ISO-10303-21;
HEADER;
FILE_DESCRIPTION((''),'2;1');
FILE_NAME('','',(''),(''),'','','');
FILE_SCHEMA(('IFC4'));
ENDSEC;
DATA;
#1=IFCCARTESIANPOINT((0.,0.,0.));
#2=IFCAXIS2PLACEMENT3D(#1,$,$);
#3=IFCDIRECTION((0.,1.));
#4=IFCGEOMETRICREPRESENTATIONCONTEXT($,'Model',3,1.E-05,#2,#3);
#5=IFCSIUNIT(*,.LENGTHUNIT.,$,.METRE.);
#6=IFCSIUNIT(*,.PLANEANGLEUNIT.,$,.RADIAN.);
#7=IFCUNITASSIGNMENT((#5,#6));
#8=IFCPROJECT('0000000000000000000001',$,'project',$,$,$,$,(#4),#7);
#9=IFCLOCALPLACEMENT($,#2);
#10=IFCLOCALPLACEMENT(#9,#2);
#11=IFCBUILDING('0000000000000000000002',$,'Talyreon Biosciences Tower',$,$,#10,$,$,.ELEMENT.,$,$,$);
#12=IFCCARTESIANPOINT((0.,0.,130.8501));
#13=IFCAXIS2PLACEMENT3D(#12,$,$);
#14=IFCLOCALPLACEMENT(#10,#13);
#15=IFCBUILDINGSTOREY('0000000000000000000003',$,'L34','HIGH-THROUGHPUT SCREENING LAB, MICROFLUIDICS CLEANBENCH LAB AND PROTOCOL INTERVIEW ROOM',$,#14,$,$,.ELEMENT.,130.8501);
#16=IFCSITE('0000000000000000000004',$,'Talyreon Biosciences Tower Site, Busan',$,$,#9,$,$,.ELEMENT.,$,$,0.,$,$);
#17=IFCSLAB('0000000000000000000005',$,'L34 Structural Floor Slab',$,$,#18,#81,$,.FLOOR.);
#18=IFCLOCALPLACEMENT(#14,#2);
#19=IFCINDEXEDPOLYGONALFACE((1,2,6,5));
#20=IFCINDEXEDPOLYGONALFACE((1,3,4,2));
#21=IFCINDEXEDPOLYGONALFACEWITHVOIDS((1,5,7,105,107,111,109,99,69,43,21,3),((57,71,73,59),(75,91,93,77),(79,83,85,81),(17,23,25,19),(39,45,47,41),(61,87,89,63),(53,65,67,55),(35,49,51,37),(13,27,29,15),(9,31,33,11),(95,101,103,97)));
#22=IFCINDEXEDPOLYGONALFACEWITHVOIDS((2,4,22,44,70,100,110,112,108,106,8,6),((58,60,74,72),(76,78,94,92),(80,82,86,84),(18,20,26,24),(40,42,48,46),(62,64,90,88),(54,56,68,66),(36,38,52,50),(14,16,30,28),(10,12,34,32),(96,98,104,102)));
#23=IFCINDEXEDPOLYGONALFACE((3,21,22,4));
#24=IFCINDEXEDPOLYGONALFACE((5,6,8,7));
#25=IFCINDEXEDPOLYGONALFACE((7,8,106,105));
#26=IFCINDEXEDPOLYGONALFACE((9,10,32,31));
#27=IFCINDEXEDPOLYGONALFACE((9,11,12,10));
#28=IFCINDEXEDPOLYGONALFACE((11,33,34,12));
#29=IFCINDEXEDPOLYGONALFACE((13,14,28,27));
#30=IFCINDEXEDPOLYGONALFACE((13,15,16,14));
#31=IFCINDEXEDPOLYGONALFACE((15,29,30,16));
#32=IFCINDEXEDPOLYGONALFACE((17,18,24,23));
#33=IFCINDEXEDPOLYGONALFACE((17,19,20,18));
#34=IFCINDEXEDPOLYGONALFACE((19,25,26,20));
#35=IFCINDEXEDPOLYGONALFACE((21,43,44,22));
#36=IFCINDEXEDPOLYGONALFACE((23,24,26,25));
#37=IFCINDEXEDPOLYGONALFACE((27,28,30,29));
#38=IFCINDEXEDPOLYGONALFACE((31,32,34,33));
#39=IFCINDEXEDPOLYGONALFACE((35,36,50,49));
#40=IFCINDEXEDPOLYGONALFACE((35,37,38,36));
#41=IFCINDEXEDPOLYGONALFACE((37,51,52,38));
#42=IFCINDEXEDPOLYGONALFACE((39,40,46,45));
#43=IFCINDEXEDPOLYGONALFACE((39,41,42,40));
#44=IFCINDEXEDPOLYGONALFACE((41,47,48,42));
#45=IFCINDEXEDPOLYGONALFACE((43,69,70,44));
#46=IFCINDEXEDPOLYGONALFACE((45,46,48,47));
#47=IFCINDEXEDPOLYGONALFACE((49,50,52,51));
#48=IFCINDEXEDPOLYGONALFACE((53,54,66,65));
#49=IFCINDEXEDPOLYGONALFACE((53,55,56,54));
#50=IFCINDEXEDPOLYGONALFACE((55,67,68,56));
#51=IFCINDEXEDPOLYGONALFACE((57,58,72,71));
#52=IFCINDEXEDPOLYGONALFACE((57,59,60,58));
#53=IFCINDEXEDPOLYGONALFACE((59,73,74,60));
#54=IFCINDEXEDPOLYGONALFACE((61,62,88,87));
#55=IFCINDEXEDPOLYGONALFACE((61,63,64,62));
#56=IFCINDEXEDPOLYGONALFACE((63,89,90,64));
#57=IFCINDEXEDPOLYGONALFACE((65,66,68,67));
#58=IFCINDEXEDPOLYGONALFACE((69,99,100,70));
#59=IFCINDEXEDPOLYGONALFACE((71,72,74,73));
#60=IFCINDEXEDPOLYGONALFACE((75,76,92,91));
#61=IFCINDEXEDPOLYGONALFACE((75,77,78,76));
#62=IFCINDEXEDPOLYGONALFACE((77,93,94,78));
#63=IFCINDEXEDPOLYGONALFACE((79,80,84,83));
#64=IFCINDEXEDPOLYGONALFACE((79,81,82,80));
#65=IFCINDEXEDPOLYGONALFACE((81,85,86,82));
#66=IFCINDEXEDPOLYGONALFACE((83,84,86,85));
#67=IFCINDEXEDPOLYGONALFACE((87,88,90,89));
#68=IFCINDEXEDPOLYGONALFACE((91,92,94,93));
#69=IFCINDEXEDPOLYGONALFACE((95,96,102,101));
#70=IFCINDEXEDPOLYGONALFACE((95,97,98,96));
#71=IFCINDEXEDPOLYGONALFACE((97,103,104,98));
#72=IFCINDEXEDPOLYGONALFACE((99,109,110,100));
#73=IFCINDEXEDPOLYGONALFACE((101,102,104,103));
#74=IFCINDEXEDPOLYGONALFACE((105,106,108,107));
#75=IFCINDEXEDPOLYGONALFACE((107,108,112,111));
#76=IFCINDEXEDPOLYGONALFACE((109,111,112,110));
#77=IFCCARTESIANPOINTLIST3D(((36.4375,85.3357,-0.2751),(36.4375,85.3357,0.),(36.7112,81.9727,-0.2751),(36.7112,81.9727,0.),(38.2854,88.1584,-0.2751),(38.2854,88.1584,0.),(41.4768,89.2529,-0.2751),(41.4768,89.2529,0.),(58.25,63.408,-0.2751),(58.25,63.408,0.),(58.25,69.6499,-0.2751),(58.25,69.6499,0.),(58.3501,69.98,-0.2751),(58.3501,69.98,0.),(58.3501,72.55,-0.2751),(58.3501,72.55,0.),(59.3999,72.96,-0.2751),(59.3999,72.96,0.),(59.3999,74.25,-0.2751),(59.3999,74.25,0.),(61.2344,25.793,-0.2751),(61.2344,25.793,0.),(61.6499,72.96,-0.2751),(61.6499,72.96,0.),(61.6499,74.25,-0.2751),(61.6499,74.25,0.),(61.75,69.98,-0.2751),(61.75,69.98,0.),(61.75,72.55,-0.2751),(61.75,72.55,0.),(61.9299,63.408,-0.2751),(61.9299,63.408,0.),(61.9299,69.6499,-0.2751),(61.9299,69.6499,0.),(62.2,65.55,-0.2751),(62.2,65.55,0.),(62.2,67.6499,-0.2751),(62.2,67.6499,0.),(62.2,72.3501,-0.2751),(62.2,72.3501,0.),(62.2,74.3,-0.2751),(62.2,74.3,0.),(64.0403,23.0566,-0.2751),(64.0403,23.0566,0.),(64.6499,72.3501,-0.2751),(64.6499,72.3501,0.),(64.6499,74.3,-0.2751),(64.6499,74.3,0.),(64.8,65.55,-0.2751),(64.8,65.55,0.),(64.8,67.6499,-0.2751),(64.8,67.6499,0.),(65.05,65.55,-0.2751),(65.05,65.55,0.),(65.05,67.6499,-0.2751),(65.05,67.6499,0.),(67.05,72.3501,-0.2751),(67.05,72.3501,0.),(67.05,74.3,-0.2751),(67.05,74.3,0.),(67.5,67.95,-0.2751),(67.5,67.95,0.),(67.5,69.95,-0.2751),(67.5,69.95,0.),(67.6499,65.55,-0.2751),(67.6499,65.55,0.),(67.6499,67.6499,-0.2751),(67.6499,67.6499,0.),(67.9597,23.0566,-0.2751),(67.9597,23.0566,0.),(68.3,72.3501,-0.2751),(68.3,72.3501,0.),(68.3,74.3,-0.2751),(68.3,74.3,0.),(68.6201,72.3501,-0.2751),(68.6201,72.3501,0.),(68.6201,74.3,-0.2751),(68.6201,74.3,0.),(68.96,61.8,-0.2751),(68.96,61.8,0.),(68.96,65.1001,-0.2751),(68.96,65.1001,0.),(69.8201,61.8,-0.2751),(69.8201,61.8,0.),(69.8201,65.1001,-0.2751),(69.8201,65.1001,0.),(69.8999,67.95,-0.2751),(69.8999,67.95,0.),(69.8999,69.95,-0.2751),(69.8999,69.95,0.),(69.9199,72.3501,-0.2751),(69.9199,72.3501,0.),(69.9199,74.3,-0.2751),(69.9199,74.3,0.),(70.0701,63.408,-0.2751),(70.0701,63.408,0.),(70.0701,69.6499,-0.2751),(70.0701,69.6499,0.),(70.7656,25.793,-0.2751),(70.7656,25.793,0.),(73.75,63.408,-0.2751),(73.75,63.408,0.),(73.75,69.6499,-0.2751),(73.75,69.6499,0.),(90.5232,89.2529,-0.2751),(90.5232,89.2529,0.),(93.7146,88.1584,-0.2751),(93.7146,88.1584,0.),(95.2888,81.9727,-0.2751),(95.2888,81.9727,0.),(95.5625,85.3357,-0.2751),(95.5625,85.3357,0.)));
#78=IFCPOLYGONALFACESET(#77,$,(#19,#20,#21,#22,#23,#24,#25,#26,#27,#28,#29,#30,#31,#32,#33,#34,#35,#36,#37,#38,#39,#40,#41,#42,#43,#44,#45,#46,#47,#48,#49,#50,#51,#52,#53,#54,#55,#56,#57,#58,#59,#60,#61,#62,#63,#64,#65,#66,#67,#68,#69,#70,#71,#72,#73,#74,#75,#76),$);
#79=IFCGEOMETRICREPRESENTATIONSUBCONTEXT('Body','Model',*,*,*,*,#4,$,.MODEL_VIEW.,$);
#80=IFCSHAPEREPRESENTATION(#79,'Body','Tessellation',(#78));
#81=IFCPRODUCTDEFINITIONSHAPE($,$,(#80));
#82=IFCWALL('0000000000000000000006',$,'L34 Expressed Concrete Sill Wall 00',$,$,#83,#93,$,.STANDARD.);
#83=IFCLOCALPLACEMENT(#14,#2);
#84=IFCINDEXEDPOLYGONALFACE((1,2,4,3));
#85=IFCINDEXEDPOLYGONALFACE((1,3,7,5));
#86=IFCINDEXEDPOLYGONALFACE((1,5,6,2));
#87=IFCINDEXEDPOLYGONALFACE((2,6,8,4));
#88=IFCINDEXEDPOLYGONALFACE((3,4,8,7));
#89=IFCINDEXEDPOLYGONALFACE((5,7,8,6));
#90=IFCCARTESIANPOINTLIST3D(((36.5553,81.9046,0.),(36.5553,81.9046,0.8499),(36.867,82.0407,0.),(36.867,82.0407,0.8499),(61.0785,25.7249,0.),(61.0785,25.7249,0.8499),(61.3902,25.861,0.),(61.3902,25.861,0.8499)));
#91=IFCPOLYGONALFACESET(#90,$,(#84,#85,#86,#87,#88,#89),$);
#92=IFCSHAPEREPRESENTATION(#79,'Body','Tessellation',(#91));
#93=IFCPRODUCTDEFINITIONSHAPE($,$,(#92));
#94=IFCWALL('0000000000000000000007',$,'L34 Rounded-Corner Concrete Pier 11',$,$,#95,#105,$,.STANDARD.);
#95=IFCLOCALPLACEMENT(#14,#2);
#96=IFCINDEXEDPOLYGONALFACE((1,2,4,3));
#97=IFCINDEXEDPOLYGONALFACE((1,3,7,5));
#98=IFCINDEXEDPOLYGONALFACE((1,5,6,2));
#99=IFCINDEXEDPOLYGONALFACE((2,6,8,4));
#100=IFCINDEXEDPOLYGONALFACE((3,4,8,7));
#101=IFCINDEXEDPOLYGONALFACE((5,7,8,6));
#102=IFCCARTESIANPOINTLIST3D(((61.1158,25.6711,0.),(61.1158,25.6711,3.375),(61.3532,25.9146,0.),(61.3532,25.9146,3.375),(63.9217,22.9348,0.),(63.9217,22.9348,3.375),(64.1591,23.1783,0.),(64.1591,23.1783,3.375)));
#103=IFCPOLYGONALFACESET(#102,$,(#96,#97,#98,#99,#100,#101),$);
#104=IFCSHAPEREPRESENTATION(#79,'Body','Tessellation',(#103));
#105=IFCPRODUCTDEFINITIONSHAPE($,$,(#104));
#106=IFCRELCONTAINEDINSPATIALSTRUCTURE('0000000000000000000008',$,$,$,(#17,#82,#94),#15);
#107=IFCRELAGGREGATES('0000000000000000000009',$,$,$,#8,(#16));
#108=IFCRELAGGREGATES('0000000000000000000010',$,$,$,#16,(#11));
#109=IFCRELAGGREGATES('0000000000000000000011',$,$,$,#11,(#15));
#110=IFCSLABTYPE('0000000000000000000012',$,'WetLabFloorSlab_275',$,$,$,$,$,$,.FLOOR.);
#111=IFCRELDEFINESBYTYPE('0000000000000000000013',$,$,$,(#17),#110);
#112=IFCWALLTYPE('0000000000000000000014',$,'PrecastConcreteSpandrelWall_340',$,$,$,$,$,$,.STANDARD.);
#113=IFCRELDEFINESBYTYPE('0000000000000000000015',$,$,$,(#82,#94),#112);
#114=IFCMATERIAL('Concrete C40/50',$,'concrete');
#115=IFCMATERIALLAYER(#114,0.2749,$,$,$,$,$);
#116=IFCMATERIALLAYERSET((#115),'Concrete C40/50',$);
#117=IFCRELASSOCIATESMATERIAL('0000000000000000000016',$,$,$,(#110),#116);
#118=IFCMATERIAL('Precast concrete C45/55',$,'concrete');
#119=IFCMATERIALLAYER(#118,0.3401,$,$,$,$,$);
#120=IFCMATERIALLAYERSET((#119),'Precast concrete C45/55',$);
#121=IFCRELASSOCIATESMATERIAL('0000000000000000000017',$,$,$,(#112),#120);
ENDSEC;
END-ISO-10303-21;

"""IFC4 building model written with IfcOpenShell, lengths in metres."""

from ifc_helpers import new_model, si_unit, direction, frame, frame_2d, origin, place, context, subcontext, project, spatial, polyline, rectangle, outline, extrude, material, layer, layer_set, type_object, element, save


model = new_model("IFC4")

# Units and contexts
model_context = context("Model", 3, precision=1e-05, world=origin(), true_north=direction((0.0, 1.0)))
body_context = subcontext(model_context, "Body", "Model", "MODEL_VIEW")
ifc_project = project(units=[si_unit("LENGTHUNIT", "METRE"), si_unit("PLANEANGLEUNIT", "RADIAN")], contexts=[model_context])

# Site, building, storey
site_placement = place(None, origin())
site = spatial("IfcSite", under=ifc_project, at=site_placement, Name="Talyreon Biosciences Tower Site, Busan", CompositionType="ELEMENT", RefElevation=0.0)
building_placement = place(site_placement, origin())
building = spatial("IfcBuilding", under=site, at=building_placement, Name="Talyreon Biosciences Tower", CompositionType="ELEMENT")
storey_placement = place(building_placement, frame((0.0, 0.0, 130.8501)))
storey = spatial("IfcBuildingStorey", under=building, at=storey_placement, Name="L34", Description="HIGH-THROUGHPUT SCREENING LAB, MICROFLUIDICS CLEANBENCH LAB AND PROTOCOL INTERVIEW ROOM", CompositionType="ELEMENT", Elevation=130.8501)

# Shared definitions
ifc_material_1 = material(Name="Precast concrete C45/55", Category="concrete")

# Shared definitions
ifc_material_2 = material(Name="Concrete C40/50", Category="concrete")

# Slab
ifc_layer_1 = layer(ifc_material_2, 0.2749)
ifc_layer_set_1 = layer_set([ifc_layer_1], Name="Concrete C40/50")
slab_type_1 = type_object("IfcSlabType", Name="WetLabFloorSlab_275", PredefinedType="FLOOR", material=ifc_layer_set_1)
slab_1_placement = place(storey_placement, frame((0.0, 0.0, -0.2751)))
element("IfcSlab", 1, at=slab_1_placement, inside=storey, type_object=slab_type_1, Name="L34 Structural Floor Slab", PredefinedType="FLOOR", context=body_context, shape_type="SweptSolid", body=[
    extrude(outline(polyline([(61.2344, 25.793), (36.7112, 81.9727), (36.4375, 85.3357), (38.2854, 88.1584), (41.4768, 89.2529), (90.5232, 89.2529), (93.7146, 88.1584), (95.5625, 85.3357), (95.2888, 81.9727), (70.7656, 25.793), (67.9597, 23.0566), (64.0403, 23.0566), (61.2344, 25.793)]), holes=[polyline([(61.9299, 69.6499), (61.9299, 63.408), (58.25, 63.408), (58.25, 69.6499), (61.9299, 69.6499)]), polyline([(64.8, 67.6499), (64.8, 65.55), (62.2, 65.55), (62.2, 67.6499), (64.8, 67.6499)]), polyline([(67.6499, 67.6499), (67.6499, 65.55), (65.05, 65.55), (65.05, 67.6499), (67.6499, 67.6499)]), polyline([(61.75, 69.98), (58.3501, 69.98), (58.3501, 72.55), (61.75, 72.55), (61.75, 69.98)]), polyline([(64.6499, 72.3501), (62.2, 72.3501), (62.2, 74.3), (64.6499, 74.3), (64.6499, 72.3501)]), polyline([(61.6499, 74.25), (61.6499, 72.96), (59.3999, 72.96), (59.3999, 74.25), (61.6499, 74.25)]), polyline([(69.8201, 61.8), (68.96, 61.8), (68.96, 65.1001), (69.8201, 65.1001), (69.8201, 61.8)]), polyline([(73.75, 63.408), (70.0701, 63.408), (70.0701, 69.6499), (73.75, 69.6499), (73.75, 63.408)]), polyline([(69.8999, 69.95), (69.8999, 67.95), (67.5, 67.95), (67.5, 69.95), (69.8999, 69.95)]), polyline([(68.3, 72.3501), (67.05, 72.3501), (67.05, 74.3), (68.3, 74.3), (68.3, 72.3501)]), polyline([(69.9199, 72.3501), (68.6201, 72.3501), (68.6201, 74.3), (69.9199, 74.3), (69.9199, 72.3501)])]), origin(), (0.0, 0.0, 1.0), 0.2751),
])

# Walls
ifc_layer_2 = layer(ifc_material_1, 0.3401)
ifc_layer_set_2 = layer_set([ifc_layer_2], Name="Precast concrete C45/55")
wall_type = type_object("IfcWallType", Name="PrecastConcreteSpandrelWall_340", PredefinedType="STANDARD", material=ifc_layer_set_2)
wall_1_placement = place(storey_placement, frame((61.2344, 25.793, 0.0), z_axis=(0.0, 0.0, 1.0), x_axis=(-0.40006, 0.916489, 0.0)))
element("IfcWall", 2, at=wall_1_placement, inside=storey, type_object=wall_type, Name="L34 Expressed Concrete Sill Wall 00", PredefinedType="STANDARD", context=body_context, shape_type="SweptSolid", body=[
    extrude(rectangle(XDim=61.2988, YDim=0.3401, at=frame_2d((30.6494, 0.0))), origin(), (0.0, 0.0, 1.0), 0.8499),
])
wall_2_placement = place(storey_placement, frame((64.0403, 23.0566, 0.0), z_axis=(0.0, 0.0, 1.0), x_axis=(-0.715928, 0.698174, 0.0)))
element("IfcWall", 3, at=wall_2_placement, inside=storey, type_object=wall_type, Name="L34 Rounded-Corner Concrete Pier 11", PredefinedType="STANDARD", context=body_context, shape_type="SweptSolid", body=[
    extrude(rectangle(XDim=3.9192, YDim=0.3401, at=frame_2d((1.9595, 0.0))), origin(), (0.0, 0.0, 1.0), 3.375),
])

save(model, "model.ifc")
